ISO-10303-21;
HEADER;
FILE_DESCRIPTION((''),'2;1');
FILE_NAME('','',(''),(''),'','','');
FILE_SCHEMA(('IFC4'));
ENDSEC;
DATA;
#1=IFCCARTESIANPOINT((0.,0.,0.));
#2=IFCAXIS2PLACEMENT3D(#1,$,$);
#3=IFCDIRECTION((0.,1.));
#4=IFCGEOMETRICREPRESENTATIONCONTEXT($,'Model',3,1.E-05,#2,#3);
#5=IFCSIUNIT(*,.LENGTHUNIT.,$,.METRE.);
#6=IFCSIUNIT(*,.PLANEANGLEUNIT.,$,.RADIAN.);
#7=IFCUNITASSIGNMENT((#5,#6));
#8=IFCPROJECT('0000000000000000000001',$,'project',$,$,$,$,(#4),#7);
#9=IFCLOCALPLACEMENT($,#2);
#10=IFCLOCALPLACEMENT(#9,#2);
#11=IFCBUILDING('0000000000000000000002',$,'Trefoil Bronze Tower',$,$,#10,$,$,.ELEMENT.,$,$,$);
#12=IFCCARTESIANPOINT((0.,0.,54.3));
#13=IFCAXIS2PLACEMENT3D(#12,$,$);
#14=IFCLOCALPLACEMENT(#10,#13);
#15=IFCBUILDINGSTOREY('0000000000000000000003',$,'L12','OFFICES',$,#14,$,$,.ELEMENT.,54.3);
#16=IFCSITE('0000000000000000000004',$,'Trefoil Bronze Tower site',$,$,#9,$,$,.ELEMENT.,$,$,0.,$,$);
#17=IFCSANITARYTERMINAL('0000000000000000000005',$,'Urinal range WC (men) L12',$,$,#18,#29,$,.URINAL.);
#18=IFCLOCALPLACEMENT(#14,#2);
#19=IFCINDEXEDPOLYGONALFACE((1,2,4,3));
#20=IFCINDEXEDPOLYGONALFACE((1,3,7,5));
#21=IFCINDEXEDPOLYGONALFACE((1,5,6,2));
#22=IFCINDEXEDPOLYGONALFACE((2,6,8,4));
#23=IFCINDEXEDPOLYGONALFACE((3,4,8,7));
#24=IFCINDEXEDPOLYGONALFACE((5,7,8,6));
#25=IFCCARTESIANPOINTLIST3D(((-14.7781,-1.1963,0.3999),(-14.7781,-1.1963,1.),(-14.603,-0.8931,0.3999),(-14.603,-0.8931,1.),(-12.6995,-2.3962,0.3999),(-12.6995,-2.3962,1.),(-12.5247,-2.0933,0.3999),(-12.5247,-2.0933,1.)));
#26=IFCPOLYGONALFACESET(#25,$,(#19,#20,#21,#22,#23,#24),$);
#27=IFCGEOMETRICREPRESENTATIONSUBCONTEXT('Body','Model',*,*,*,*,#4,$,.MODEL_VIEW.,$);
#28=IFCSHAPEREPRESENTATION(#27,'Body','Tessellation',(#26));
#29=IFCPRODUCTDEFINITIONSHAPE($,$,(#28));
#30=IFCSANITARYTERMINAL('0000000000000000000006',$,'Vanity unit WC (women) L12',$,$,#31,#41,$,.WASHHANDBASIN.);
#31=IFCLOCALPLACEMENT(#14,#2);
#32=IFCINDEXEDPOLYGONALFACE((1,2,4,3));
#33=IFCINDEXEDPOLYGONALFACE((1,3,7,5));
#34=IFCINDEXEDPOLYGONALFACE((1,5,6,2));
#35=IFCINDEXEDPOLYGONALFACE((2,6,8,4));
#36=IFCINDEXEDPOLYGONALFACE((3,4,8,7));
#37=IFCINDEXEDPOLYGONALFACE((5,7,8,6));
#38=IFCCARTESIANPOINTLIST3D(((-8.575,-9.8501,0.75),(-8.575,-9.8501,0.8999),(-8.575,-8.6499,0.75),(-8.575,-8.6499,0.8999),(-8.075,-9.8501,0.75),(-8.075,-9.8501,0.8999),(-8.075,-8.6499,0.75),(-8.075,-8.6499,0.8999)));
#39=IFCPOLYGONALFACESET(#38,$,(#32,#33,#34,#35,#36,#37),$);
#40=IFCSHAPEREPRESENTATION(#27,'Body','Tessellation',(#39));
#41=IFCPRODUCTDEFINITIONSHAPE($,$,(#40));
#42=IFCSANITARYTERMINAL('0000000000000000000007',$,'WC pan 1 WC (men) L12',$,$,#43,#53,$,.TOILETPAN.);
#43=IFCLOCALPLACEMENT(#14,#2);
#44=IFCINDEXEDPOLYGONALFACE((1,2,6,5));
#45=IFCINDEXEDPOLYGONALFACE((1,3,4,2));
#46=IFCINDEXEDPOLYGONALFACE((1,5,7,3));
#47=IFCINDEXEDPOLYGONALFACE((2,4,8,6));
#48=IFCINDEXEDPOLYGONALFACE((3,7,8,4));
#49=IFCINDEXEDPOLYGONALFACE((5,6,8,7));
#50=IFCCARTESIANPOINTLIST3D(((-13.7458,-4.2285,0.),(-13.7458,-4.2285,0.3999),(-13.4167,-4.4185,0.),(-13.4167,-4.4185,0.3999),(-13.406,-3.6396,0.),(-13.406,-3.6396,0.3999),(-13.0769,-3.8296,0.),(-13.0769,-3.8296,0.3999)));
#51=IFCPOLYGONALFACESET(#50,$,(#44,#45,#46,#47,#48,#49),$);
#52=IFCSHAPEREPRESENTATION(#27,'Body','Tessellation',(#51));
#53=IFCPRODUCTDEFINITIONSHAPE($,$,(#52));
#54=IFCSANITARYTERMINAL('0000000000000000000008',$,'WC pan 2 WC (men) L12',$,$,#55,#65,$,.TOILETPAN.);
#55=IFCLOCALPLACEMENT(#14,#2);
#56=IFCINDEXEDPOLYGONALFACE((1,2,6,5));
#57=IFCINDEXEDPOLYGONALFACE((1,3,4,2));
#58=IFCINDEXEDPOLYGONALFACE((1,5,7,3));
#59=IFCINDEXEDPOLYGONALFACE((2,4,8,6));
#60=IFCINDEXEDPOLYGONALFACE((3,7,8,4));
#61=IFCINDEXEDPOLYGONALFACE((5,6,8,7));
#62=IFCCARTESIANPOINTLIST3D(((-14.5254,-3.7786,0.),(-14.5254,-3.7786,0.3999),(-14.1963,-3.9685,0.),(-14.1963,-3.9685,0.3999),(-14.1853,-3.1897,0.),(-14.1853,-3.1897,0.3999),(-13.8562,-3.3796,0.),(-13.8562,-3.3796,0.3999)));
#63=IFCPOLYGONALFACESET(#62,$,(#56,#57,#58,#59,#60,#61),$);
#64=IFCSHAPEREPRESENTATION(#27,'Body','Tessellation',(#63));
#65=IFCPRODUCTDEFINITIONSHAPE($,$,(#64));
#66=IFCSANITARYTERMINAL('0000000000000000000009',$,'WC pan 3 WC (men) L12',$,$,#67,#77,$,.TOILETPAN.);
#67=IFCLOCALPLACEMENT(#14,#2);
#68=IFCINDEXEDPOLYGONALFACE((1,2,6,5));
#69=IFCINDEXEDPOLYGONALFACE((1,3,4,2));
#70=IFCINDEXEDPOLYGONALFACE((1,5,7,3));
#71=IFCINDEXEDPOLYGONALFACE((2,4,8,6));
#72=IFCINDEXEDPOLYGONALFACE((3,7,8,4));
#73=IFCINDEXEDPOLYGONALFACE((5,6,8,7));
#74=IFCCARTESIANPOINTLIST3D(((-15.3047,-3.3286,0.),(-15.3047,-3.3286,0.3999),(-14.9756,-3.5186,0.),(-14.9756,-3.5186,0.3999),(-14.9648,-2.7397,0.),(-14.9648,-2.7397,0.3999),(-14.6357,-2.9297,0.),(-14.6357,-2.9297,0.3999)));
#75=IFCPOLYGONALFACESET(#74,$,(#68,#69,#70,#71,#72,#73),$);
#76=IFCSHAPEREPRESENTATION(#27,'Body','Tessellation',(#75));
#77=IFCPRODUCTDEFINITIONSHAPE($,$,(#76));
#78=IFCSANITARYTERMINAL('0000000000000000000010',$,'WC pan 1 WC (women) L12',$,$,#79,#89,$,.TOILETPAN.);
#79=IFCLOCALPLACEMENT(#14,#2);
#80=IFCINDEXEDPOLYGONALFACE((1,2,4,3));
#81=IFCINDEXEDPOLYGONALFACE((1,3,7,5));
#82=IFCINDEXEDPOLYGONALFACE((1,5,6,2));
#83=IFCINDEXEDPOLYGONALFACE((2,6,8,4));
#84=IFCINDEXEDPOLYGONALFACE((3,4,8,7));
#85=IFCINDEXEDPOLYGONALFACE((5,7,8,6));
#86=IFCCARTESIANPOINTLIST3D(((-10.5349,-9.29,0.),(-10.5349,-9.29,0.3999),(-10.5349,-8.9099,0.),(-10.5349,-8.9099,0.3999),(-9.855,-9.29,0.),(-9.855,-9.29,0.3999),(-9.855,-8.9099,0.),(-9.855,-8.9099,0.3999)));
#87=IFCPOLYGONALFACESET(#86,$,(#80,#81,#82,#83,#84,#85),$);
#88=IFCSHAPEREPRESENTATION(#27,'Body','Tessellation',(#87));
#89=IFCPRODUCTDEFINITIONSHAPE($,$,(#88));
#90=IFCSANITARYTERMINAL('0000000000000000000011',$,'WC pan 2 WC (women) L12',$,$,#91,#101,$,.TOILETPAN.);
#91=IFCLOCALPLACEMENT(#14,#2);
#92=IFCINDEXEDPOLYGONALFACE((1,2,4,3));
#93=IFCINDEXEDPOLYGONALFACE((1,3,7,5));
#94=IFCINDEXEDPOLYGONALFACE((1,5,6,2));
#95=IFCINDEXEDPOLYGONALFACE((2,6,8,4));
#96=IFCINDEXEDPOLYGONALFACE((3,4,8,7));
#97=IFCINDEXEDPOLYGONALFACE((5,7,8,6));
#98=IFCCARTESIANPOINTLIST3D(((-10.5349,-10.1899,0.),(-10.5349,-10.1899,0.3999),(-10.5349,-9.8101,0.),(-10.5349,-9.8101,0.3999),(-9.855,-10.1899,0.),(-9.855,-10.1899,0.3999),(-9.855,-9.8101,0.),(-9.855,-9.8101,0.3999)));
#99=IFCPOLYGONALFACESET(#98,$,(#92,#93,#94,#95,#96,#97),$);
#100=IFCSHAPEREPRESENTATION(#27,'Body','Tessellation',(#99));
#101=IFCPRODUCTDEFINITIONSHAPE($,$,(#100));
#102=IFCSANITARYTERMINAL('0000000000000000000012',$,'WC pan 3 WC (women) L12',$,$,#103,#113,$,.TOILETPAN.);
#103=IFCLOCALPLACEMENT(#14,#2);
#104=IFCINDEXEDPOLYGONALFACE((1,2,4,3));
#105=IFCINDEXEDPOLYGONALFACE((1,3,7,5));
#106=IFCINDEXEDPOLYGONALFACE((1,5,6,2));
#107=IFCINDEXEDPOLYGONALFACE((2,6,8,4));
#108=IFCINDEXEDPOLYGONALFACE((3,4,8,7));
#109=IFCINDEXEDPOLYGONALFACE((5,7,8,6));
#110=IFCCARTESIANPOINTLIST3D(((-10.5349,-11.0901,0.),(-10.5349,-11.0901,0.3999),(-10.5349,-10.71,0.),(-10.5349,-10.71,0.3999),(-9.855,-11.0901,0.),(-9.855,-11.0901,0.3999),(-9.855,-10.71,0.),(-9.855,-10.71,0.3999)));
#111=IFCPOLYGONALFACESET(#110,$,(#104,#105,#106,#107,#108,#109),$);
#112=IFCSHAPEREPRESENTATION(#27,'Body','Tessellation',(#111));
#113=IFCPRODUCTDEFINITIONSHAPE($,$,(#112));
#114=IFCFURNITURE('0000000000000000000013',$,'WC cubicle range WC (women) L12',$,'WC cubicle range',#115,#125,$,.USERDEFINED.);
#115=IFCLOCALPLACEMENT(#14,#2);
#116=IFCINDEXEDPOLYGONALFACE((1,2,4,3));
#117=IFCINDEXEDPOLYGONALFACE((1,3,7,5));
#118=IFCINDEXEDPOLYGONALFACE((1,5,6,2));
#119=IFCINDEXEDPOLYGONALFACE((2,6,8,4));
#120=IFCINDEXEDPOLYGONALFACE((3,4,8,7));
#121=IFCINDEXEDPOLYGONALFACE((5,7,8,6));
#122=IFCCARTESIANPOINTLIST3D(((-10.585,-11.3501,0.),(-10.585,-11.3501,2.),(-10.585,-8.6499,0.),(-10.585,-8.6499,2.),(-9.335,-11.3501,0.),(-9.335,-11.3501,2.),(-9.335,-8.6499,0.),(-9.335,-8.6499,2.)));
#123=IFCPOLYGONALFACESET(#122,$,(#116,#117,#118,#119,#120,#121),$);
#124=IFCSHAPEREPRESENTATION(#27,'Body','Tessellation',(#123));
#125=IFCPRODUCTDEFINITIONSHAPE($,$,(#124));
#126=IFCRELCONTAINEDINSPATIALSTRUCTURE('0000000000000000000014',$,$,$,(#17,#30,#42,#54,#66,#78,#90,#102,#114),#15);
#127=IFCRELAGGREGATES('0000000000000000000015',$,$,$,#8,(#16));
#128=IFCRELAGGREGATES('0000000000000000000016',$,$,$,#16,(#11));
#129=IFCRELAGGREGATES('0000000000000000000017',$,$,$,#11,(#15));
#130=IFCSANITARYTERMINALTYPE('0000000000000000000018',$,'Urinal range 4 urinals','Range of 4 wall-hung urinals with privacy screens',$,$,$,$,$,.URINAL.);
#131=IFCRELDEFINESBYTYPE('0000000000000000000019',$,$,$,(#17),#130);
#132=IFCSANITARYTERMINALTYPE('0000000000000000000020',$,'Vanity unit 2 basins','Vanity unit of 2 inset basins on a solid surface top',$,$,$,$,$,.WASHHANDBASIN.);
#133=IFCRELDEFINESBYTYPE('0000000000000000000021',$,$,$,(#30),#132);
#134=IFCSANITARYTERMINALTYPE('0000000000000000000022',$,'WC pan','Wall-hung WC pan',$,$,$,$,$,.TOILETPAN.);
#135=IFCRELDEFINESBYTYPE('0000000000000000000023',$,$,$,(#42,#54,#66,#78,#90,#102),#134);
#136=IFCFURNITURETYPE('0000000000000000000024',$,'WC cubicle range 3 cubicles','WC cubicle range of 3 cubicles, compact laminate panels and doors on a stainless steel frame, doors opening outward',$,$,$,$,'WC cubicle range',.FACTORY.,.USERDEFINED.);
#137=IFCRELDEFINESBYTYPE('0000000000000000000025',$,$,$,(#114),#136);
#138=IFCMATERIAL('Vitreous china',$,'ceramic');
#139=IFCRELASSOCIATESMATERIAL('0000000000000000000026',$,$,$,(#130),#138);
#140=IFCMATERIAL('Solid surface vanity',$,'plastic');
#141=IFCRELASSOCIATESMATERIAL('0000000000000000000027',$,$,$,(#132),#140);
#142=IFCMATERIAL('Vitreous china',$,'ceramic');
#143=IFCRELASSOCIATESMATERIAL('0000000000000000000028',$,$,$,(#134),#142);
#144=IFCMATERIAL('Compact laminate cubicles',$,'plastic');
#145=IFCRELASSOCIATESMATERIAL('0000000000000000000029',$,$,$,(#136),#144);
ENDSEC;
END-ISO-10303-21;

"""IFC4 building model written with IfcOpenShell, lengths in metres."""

from ifc_helpers import new_model, si_unit, direction, frame, origin, place, context, subcontext, project, spatial, polyline, outline, extrude, material, type_object, element, save


model = new_model("IFC4")

# Units and contexts
model_context = context("Model", 3, precision=1e-05, world=origin(), true_north=direction((0.0, 1.0)))
body_context = subcontext(model_context, "Body", "Model", "MODEL_VIEW")
ifc_project = project(units=[si_unit("LENGTHUNIT", "METRE"), si_unit("PLANEANGLEUNIT", "RADIAN")], contexts=[model_context])

# Site, building, storey
site_placement = place(None, origin())
site = spatial("IfcSite", under=ifc_project, at=site_placement, Name="Trefoil Bronze Tower site", CompositionType="ELEMENT", RefElevation=0.0)
building_placement = place(site_placement, origin())
building = spatial("IfcBuilding", under=site, at=building_placement, Name="Trefoil Bronze Tower", CompositionType="ELEMENT")
storey_placement = place(building_placement, frame((0.0, 0.0, 54.3)))
storey = spatial("IfcBuildingStorey", under=building, at=storey_placement, Name="L12", Description="OFFICES", CompositionType="ELEMENT", Elevation=54.3)

# Sanitary terminals
ifc_material_1 = material(Name="Vitreous china", Category="ceramic")
sanitary_terminal_type_1 = type_object("IfcSanitaryTerminalType", Name="Urinal range 4 urinals", Description="Range of 4 wall-hung urinals with privacy screens", PredefinedType="URINAL", material=ifc_material_1)
sanitary_terminal_1_placement = place(storey_placement, frame((0.0, 0.0, 0.3999)))
element("IfcSanitaryTerminal", 1, at=sanitary_terminal_1_placement, inside=storey, type_object=sanitary_terminal_type_1, Name="Urinal range WC (men) L12", PredefinedType="URINAL", context=body_context, shape_type="SweptSolid", body=[
    extrude(outline(polyline([(-12.5247, -2.0933), (-12.6995, -2.3962), (-14.7781, -1.1963), (-14.603, -0.8931), (-12.5247, -2.0933)])), origin(), (0.0, 0.0, 1.0), 0.6001),
])
ifc_material_2 = material(Name="Solid surface vanity", Category="plastic")
sanitary_terminal_type_2 = type_object("IfcSanitaryTerminalType", Name="Vanity unit 2 basins", Description="Vanity unit of 2 inset basins on a solid surface top", PredefinedType="WASHHANDBASIN", material=ifc_material_2)
sanitary_terminal_2_placement = place(storey_placement, frame((0.0, 0.0, 0.75)))
element("IfcSanitaryTerminal", 2, at=sanitary_terminal_2_placement, inside=storey, type_object=sanitary_terminal_type_2, Name="Vanity unit WC (women) L12", PredefinedType="WASHHANDBASIN", context=body_context, shape_type="SweptSolid", body=[
    extrude(outline(polyline([(-8.075, -8.6499), (-8.575, -8.6499), (-8.575, -9.8501), (-8.075, -9.8501), (-8.075, -8.6499)])), origin(), (0.0, 0.0, 1.0), 0.1499),
])
ifc_material_3 = material(Name="Vitreous china", Category="ceramic")
sanitary_terminal_type_3 = type_object("IfcSanitaryTerminalType", Name="WC pan", Description="Wall-hung WC pan", PredefinedType="TOILETPAN", material=ifc_material_3)
sanitary_terminal_3_placement = place(storey_placement, origin())
element("IfcSanitaryTerminal", 3, at=sanitary_terminal_3_placement, inside=storey, type_object=sanitary_terminal_type_3, Name="WC pan 1 WC (men) L12", PredefinedType="TOILETPAN", context=body_context, shape_type="SweptSolid", body=[
    extrude(outline(polyline([(-13.0769, -3.8296), (-13.4167, -4.4185), (-13.7458, -4.2285), (-13.406, -3.6396), (-13.0769, -3.8296)])), origin(), (0.0, 0.0, 1.0), 0.3999),
])
sanitary_terminal_4_placement = place(storey_placement, origin())
element("IfcSanitaryTerminal", 4, at=sanitary_terminal_4_placement, inside=storey, type_object=sanitary_terminal_type_3, Name="WC pan 2 WC (men) L12", PredefinedType="TOILETPAN", context=body_context, shape_type="SweptSolid", body=[
    extrude(outline(polyline([(-13.8562, -3.3796), (-14.1963, -3.9685), (-14.5254, -3.7786), (-14.1853, -3.1897), (-13.8562, -3.3796)])), origin(), (0.0, 0.0, 1.0), 0.3999),
])
sanitary_terminal_5_placement = place(storey_placement, origin())
element("IfcSanitaryTerminal", 5, at=sanitary_terminal_5_placement, inside=storey, type_object=sanitary_terminal_type_3, Name="WC pan 3 WC (men) L12", PredefinedType="TOILETPAN", context=body_context, shape_type="SweptSolid", body=[
    extrude(outline(polyline([(-14.6357, -2.9297), (-14.9756, -3.5186), (-15.3047, -3.3286), (-14.9648, -2.7397), (-14.6357, -2.9297)])), origin(), (0.0, 0.0, 1.0), 0.3999),
])
sanitary_terminal_6_placement = place(storey_placement, origin())
element("IfcSanitaryTerminal", 6, at=sanitary_terminal_6_placement, inside=storey, type_object=sanitary_terminal_type_3, Name="WC pan 1 WC (women) L12", PredefinedType="TOILETPAN", context=body_context, shape_type="SweptSolid", body=[
    extrude(outline(polyline([(-9.855, -8.9099), (-10.5349, -8.9099), (-10.5349, -9.29), (-9.855, -9.29), (-9.855, -8.9099)])), origin(), (0.0, 0.0, 1.0), 0.3999),
])
sanitary_terminal_7_placement = place(storey_placement, origin())
element("IfcSanitaryTerminal", 7, at=sanitary_terminal_7_placement, inside=storey, type_object=sanitary_terminal_type_3, Name="WC pan 2 WC (women) L12", PredefinedType="TOILETPAN", context=body_context, shape_type="SweptSolid", body=[
    extrude(outline(polyline([(-9.855, -9.8101), (-10.5349, -9.8101), (-10.5349, -10.1899), (-9.855, -10.1899), (-9.855, -9.8101)])), origin(), (0.0, 0.0, 1.0), 0.3999),
])
sanitary_terminal_8_placement = place(storey_placement, origin())
element("IfcSanitaryTerminal", 8, at=sanitary_terminal_8_placement, inside=storey, type_object=sanitary_terminal_type_3, Name="WC pan 3 WC (women) L12", PredefinedType="TOILETPAN", context=body_context, shape_type="SweptSolid", body=[
    extrude(outline(polyline([(-9.855, -10.71), (-10.5349, -10.71), (-10.5349, -11.0901), (-9.855, -11.0901), (-9.855, -10.71)])), origin(), (0.0, 0.0, 1.0), 0.3999),
])

# Furniture
ifc_material_4 = material(Name="Compact laminate cubicles", Category="plastic")
furniture_type = type_object("IfcFurnitureType", Name="WC cubicle range 3 cubicles", Description="WC cubicle range of 3 cubicles, compact laminate panels and doors on a stainless steel frame, doors opening outward", ElementType="WC cubicle range", AssemblyPlace="FACTORY", PredefinedType="USERDEFINED", material=ifc_material_4)
furniture_placement = place(storey_placement, origin())
element("IfcFurniture", 9, at=furniture_placement, inside=storey, type_object=furniture_type, Name="WC cubicle range WC (women) L12", ObjectType="WC cubicle range", PredefinedType="USERDEFINED", context=body_context, shape_type="SweptSolid", body=[
    extrude(outline(polyline([(-9.335, -8.6499), (-10.585, -8.6499), (-10.585, -11.3501), (-9.335, -11.3501), (-9.335, -8.6499)])), origin(), (0.0, 0.0, 1.0), 2.0),
])

save(model, "model.ifc")
